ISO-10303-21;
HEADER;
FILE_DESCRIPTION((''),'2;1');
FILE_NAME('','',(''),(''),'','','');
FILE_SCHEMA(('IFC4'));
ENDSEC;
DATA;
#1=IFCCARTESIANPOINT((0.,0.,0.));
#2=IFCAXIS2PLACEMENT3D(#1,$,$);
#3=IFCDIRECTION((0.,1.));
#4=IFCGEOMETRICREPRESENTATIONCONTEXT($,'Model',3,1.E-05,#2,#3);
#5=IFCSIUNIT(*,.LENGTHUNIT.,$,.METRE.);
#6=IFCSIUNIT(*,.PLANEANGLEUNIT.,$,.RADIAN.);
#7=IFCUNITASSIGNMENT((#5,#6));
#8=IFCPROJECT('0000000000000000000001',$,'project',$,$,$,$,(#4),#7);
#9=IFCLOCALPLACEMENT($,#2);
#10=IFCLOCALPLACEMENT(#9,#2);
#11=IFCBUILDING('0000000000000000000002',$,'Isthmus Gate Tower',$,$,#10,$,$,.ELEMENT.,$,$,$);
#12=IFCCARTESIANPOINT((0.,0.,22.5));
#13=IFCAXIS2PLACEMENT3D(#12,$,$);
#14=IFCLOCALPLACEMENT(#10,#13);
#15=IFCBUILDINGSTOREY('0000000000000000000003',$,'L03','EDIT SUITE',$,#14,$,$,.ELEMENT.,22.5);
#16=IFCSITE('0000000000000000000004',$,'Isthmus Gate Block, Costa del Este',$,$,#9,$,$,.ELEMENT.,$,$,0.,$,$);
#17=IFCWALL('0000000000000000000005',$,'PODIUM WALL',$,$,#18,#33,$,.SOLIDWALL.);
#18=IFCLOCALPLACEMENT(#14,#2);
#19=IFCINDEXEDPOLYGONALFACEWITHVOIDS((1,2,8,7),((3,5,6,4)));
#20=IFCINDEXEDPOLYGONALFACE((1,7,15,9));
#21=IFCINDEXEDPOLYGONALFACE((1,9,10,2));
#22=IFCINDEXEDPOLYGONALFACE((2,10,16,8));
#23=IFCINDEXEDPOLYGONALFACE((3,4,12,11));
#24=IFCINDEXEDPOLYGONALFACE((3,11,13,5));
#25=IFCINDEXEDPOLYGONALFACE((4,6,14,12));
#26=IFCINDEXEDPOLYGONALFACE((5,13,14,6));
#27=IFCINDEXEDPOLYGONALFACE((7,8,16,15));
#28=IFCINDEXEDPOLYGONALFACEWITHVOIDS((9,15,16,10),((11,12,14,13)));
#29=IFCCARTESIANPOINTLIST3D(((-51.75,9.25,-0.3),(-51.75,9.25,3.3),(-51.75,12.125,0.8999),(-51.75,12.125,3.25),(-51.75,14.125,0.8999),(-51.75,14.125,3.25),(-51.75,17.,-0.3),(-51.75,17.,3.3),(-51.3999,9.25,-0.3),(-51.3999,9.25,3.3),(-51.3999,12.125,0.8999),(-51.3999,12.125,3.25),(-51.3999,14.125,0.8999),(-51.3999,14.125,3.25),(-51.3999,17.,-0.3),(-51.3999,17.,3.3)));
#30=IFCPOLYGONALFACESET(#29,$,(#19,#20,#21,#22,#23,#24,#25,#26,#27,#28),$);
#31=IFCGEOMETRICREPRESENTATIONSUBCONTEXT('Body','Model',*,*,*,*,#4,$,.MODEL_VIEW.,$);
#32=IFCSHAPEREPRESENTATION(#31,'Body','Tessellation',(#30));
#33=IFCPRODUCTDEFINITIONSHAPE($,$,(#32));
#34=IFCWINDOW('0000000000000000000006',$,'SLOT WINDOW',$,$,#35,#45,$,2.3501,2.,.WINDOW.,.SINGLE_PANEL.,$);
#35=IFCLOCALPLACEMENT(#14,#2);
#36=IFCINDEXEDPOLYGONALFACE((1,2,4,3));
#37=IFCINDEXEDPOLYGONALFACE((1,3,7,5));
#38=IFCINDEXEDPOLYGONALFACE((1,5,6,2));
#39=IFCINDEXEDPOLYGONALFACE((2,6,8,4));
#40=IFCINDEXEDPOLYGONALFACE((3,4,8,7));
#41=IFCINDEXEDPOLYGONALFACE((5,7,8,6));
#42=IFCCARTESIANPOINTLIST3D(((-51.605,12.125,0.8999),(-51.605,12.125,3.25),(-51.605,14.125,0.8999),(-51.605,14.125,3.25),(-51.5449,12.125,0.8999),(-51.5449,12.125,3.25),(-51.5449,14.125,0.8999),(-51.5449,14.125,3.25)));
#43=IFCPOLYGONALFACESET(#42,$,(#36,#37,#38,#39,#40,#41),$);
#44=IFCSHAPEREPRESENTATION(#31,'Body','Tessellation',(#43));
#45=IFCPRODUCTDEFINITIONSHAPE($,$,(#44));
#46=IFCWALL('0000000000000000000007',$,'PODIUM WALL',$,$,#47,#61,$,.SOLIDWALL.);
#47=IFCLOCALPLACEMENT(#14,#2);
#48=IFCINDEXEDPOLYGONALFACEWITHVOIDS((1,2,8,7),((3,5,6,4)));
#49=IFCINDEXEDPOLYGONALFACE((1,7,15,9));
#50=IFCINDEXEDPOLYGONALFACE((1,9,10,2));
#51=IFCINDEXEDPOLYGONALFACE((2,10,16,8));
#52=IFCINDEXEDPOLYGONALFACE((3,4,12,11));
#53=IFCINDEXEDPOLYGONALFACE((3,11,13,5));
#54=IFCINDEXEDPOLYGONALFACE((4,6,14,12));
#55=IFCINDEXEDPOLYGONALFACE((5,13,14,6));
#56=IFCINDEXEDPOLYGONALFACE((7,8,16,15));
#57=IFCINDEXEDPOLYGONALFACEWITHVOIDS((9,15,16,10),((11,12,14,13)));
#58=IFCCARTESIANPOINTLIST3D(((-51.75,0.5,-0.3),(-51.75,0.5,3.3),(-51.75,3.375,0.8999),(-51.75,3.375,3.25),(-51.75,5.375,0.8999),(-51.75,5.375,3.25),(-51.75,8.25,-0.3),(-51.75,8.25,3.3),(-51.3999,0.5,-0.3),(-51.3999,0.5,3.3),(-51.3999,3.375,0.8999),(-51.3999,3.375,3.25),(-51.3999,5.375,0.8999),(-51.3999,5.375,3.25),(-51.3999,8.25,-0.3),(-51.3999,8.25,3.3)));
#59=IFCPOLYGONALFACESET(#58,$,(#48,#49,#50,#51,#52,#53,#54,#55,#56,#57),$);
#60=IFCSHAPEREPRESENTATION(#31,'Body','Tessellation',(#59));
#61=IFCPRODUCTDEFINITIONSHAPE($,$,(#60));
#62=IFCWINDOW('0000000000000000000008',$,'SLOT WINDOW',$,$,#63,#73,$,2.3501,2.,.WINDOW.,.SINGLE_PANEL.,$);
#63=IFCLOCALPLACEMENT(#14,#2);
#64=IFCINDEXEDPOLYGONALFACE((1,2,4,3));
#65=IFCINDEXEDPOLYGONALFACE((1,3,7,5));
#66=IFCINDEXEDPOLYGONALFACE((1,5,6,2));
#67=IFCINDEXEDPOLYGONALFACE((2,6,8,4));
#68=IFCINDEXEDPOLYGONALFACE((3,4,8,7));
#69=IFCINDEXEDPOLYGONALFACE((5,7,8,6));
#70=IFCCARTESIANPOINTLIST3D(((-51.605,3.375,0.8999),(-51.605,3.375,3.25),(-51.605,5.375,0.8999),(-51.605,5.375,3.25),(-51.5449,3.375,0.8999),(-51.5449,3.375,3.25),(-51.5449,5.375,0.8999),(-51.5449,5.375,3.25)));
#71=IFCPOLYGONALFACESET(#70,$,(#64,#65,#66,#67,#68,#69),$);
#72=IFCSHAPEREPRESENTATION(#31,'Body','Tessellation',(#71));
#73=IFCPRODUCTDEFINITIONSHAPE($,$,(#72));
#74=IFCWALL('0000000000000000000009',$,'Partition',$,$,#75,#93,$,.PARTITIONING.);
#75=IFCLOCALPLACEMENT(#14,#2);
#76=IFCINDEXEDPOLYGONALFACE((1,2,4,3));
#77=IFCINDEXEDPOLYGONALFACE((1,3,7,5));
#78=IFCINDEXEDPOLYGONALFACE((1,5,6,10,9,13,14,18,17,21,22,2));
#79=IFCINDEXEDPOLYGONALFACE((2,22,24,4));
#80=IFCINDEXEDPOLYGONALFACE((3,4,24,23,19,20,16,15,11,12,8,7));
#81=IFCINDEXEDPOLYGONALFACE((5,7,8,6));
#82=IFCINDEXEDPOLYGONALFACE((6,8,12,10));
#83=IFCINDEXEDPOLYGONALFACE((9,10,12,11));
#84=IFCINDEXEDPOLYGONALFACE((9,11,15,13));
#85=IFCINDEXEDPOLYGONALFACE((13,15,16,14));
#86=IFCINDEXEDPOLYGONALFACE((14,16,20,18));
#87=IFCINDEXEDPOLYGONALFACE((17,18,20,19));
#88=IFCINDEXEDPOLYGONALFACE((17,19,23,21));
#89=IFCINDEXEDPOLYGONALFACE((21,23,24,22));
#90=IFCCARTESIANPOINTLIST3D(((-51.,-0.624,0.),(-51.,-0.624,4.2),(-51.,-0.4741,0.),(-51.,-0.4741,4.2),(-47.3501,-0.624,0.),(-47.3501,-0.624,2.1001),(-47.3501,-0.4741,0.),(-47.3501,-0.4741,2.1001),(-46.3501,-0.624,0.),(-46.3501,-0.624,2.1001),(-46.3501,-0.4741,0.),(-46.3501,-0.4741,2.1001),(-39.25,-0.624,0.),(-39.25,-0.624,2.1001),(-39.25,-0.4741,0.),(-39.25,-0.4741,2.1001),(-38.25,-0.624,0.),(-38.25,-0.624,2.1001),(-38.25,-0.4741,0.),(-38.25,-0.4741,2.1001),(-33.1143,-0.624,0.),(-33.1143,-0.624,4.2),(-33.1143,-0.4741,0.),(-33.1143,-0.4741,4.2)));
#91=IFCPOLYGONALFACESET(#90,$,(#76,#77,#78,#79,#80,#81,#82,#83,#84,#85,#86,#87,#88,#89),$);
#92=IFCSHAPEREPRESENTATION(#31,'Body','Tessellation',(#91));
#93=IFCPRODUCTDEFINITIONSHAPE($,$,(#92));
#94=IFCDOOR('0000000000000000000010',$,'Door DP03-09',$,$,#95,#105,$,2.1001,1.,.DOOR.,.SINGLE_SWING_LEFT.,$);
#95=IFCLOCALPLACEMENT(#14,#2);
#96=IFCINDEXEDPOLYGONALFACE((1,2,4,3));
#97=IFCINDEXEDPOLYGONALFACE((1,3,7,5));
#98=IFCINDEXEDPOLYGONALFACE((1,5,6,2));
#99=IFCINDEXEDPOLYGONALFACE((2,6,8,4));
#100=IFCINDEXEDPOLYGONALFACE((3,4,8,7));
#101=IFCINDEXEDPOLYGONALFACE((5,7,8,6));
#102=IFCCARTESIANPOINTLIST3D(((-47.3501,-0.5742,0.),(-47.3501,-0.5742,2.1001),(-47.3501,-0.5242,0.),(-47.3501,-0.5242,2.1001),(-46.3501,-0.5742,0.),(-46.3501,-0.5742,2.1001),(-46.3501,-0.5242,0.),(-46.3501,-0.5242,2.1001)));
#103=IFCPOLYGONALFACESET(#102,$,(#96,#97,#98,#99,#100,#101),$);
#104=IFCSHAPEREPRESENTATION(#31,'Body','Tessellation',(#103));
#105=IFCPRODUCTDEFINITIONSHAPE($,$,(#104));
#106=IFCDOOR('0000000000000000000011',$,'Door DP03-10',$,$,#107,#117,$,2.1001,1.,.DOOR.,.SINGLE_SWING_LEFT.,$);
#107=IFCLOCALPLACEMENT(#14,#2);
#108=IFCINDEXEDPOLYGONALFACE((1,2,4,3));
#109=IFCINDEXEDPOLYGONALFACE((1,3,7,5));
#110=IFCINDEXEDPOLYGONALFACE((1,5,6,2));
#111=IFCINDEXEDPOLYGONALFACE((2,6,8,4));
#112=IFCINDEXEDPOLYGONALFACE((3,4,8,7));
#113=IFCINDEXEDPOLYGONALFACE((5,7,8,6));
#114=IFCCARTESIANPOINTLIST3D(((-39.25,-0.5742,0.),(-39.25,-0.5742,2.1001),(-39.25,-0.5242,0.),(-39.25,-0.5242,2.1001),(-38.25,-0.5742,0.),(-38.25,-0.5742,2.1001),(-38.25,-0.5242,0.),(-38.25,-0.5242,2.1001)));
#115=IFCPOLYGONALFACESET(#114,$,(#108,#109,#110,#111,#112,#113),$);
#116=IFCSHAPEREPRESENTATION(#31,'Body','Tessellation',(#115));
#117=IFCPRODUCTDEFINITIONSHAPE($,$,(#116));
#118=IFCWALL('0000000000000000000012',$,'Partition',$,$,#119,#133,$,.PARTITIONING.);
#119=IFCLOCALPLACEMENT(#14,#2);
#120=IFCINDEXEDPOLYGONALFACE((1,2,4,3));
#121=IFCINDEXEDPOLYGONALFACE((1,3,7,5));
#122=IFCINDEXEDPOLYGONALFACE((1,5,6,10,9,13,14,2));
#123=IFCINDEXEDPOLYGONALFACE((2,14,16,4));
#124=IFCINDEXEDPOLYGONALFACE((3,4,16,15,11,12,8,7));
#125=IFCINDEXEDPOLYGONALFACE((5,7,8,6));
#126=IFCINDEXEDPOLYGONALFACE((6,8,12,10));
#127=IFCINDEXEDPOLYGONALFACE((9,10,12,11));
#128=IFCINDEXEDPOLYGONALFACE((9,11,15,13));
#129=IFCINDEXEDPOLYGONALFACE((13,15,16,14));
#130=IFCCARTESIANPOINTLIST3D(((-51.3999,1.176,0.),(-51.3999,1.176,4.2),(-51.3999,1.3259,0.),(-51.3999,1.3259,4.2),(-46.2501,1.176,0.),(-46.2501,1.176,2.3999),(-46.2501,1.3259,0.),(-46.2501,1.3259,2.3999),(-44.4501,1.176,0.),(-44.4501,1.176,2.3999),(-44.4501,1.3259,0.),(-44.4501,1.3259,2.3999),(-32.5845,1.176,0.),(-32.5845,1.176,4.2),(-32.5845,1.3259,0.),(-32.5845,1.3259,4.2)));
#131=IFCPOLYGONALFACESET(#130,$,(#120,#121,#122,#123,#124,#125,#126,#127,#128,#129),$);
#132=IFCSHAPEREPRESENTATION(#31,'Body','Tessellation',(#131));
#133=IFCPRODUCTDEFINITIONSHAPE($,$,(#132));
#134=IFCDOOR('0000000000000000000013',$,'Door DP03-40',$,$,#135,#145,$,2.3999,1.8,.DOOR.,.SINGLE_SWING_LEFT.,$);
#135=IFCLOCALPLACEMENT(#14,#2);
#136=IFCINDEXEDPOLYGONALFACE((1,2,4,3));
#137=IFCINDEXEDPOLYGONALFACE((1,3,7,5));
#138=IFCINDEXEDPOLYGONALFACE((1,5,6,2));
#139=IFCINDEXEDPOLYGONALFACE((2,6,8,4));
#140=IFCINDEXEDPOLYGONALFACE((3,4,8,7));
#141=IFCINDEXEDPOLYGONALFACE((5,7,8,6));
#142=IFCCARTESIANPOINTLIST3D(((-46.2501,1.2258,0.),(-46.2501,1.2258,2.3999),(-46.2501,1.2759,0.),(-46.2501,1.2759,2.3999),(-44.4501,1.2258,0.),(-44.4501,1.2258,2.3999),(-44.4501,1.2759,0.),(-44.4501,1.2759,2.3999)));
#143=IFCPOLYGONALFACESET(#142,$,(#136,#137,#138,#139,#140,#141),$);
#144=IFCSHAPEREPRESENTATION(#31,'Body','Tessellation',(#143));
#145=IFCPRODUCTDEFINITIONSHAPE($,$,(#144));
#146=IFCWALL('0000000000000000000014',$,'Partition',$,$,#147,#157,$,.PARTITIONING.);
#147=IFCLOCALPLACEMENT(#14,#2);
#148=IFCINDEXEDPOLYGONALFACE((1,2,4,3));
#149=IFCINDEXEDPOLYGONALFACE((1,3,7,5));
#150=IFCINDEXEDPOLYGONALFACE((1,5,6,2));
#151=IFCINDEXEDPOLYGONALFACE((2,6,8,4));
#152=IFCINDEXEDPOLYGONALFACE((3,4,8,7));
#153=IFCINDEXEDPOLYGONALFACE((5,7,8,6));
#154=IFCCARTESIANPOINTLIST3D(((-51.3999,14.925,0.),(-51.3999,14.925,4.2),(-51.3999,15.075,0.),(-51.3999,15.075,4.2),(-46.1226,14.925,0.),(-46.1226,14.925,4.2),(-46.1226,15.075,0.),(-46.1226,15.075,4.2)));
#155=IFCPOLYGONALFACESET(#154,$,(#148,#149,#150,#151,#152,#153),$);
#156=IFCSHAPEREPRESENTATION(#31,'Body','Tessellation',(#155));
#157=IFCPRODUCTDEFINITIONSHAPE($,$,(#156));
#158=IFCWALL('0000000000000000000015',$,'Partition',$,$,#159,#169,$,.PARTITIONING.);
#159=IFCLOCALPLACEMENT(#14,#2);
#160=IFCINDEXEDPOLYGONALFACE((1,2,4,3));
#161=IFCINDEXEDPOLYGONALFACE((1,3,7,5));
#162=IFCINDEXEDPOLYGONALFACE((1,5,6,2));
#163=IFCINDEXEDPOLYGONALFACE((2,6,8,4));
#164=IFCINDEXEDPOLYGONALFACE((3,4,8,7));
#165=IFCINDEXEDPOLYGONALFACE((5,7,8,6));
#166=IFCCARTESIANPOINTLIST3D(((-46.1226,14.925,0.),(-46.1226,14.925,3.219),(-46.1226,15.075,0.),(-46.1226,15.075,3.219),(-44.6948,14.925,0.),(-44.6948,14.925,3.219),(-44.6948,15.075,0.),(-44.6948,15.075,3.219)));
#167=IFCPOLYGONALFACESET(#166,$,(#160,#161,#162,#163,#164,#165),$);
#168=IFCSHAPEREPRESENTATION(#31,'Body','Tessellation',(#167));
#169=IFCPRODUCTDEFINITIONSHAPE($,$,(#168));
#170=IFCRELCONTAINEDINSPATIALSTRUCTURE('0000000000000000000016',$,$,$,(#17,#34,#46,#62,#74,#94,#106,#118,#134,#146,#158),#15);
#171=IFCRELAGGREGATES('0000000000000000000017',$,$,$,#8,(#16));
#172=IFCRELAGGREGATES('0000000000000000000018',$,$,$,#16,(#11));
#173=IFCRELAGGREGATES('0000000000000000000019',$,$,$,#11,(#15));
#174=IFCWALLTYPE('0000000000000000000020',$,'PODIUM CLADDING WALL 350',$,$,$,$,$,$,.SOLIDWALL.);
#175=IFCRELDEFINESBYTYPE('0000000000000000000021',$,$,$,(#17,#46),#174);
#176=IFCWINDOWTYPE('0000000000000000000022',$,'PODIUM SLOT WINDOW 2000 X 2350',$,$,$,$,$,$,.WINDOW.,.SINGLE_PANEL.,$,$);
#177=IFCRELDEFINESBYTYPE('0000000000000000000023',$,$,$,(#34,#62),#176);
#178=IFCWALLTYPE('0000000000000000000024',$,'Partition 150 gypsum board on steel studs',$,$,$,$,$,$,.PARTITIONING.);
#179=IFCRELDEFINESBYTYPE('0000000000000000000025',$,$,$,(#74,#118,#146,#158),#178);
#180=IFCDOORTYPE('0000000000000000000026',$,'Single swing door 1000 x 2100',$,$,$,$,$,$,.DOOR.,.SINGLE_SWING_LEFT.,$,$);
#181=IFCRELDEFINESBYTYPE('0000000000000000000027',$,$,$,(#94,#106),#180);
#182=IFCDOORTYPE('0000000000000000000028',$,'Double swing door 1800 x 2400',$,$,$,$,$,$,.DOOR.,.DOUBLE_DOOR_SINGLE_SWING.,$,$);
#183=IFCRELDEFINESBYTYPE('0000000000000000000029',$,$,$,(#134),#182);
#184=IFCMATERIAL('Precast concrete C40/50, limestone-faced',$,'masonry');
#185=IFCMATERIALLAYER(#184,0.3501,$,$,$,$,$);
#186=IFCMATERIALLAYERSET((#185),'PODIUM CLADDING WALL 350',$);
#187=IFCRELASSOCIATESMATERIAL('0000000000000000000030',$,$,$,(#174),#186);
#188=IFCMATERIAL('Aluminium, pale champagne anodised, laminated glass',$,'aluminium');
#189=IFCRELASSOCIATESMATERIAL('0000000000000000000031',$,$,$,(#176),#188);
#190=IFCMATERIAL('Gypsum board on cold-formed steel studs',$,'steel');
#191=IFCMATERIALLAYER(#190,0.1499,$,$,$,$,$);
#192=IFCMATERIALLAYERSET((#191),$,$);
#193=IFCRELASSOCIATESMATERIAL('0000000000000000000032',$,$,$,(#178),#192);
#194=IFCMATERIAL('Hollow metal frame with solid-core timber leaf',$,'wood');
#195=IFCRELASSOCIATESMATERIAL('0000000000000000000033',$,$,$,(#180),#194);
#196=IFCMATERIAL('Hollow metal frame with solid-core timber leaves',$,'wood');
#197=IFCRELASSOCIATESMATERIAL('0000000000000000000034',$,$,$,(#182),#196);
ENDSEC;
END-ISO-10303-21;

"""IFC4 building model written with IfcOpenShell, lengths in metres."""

from ifc_helpers import new_model, si_unit, direction, frame, frame_2d, origin, place, context, subcontext, project, spatial, rectangle, extrude, material, layer, layer_set, type_object, element, fill, save


model = new_model("IFC4")

# Units and contexts
model_context = context("Model", 3, precision=1e-05, world=origin(), true_north=direction((0.0, 1.0)))
body_context = subcontext(model_context, "Body", "Model", "MODEL_VIEW")
ifc_project = project(units=[si_unit("LENGTHUNIT", "METRE"), si_unit("PLANEANGLEUNIT", "RADIAN")], contexts=[model_context])

# Site, building, storey
site_placement = place(None, origin())
site = spatial("IfcSite", under=ifc_project, at=site_placement, Name="Isthmus Gate Block, Costa del Este", CompositionType="ELEMENT", RefElevation=0.0)
building_placement = place(site_placement, origin())
building = spatial("IfcBuilding", under=site, at=building_placement, Name="Isthmus Gate Tower", CompositionType="ELEMENT")
storey_placement = place(building_placement, frame((0.0, 0.0, 22.5)))
storey = spatial("IfcBuildingStorey", under=building, at=storey_placement, Name="L03", Description="EDIT SUITE", CompositionType="ELEMENT", Elevation=22.5)

# Walls, openings, windows
ifc_material_1 = material(Name="Precast concrete C40/50, limestone-faced", Category="masonry")
ifc_layer_1 = layer(ifc_material_1, 0.3501)
ifc_layer_set_1 = layer_set([ifc_layer_1], Name="PODIUM CLADDING WALL 350")
wall_type_1 = type_object("IfcWallType", Name="PODIUM CLADDING WALL 350", PredefinedType="SOLIDWALL", material=ifc_layer_set_1)
wall_1_placement = place(storey_placement, frame((-51.575, 17.0, -0.3), z_axis=(0.0, 0.0, 1.0), x_axis=(0.0, -1.0, 0.0)))
wall_1 = element("IfcWall", 1, at=wall_1_placement, inside=storey, type_object=wall_type_1, Name="PODIUM WALL", PredefinedType="SOLIDWALL", context=body_context, shape_type="SweptSolid", body=[
    extrude(rectangle(XDim=7.75, YDim=0.3501, at=frame_2d((3.875, 0.0))), origin(), (0.0, 0.0, 1.0), 3.6001),
])
opening_1_placement = place(wall_1_placement, frame((2.875, 0.0, 1.2)))
opening_1 = element("IfcOpeningElement", 2, at=opening_1_placement, cuts=wall_1, PredefinedType="OPENING", context=body_context, shape_type="SweptSolid", body=[
    extrude(rectangle(XDim=2.0, YDim=2.3501, at=frame_2d((1.0, 1.175))), frame((0.0, 0.1851, 0.0), z_axis=(0.0, -1.0, 0.0), x_axis=(1.0, 0.0, 0.0)), (0.0, 0.0, 1.0), 0.3701),
])
ifc_material_2 = material(Name="Aluminium, pale champagne anodised, laminated glass", Category="aluminium")
window_type = type_object("IfcWindowType", Name="PODIUM SLOT WINDOW 2000 X 2350", PartitioningType="SINGLE_PANEL", PredefinedType="WINDOW", material=ifc_material_2)
window_1_placement = place(opening_1_placement, origin())
window_1 = element("IfcWindow", 3, at=window_1_placement, inside=storey, type_object=window_type, Name="SLOT WINDOW", OverallHeight=2.3501, OverallWidth=2.0, PartitioningType="SINGLE_PANEL", PredefinedType="WINDOW", context=body_context, shape_type="SweptSolid", body=[
    extrude(rectangle(XDim=2.0, YDim=2.3501, at=frame_2d((1.0, 1.175))), frame((0.0, 0.03, 0.0), z_axis=(0.0, -1.0, 0.0), x_axis=(1.0, 0.0, 0.0)), (0.0, 0.0, 1.0), 0.0601),
])
fill(opening_1, window_1)
wall_2_placement = place(storey_placement, frame((-51.575, 8.25, -0.3), z_axis=(0.0, 0.0, 1.0), x_axis=(0.0, -1.0, 0.0)))
wall_2 = element("IfcWall", 4, at=wall_2_placement, inside=storey, type_object=wall_type_1, Name="PODIUM WALL", PredefinedType="SOLIDWALL", context=body_context, shape_type="SweptSolid", body=[
    extrude(rectangle(XDim=7.75, YDim=0.3501, at=frame_2d((3.875, 0.0))), origin(), (0.0, 0.0, 1.0), 3.6001),
])
opening_2_placement = place(wall_2_placement, frame((2.875, 0.0, 1.2)))
opening_2 = element("IfcOpeningElement", 5, at=opening_2_placement, cuts=wall_2, PredefinedType="OPENING", context=body_context, shape_type="SweptSolid", body=[
    extrude(rectangle(XDim=2.0, YDim=2.3501, at=frame_2d((1.0, 1.175))), frame((0.0, 0.1851, 0.0), z_axis=(0.0, -1.0, 0.0), x_axis=(1.0, 0.0, 0.0)), (0.0, 0.0, 1.0), 0.3701),
])
window_2_placement = place(opening_2_placement, origin())
window_2 = element("IfcWindow", 6, at=window_2_placement, inside=storey, type_object=window_type, Name="SLOT WINDOW", OverallHeight=2.3501, OverallWidth=2.0, PartitioningType="SINGLE_PANEL", PredefinedType="WINDOW", context=body_context, shape_type="SweptSolid", body=[
    extrude(rectangle(XDim=2.0, YDim=2.3501, at=frame_2d((1.0, 1.175))), frame((0.0, 0.03, 0.0), z_axis=(0.0, -1.0, 0.0), x_axis=(1.0, 0.0, 0.0)), (0.0, 0.0, 1.0), 0.0601),
])
fill(opening_2, window_2)

# Wall, openings, doors
ifc_material_3 = material(Name="Gypsum board on cold-formed steel studs", Category="steel")
ifc_layer_2 = layer(ifc_material_3, 0.1499)
ifc_layer_set_2 = layer_set([ifc_layer_2])
wall_type_2 = type_object("IfcWallType", Name="Partition 150 gypsum board on steel studs", PredefinedType="PARTITIONING", material=ifc_layer_set_2)
wall_3_placement = place(storey_placement, frame((-51.0, -0.5491, 0.0), z_axis=(0.0, 0.0, 1.0), x_axis=(1.0, 0.0, 0.0)))
wall_3 = element("IfcWall", 7, at=wall_3_placement, inside=storey, type_object=wall_type_2, Name="Partition", PredefinedType="PARTITIONING", context=body_context, shape_type="SweptSolid", body=[
    extrude(rectangle(XDim=17.8857, YDim=0.1499, at=frame_2d((8.9429, 0.0))), origin(), (0.0, 0.0, 1.0), 4.2),
])
opening_3_placement = place(wall_3_placement, frame((3.6499, 0.0, 0.0)))
opening_3 = element("IfcOpeningElement", 8, at=opening_3_placement, cuts=wall_3, PredefinedType="OPENING", context=body_context, shape_type="SweptSolid", body=[
    extrude(rectangle(XDim=1.0, YDim=2.1001, at=frame_2d((0.5, 1.05))), frame((0.0, 0.085, 0.0), z_axis=(0.0, -1.0, 0.0), x_axis=(1.0, 0.0, 0.0)), (0.0, 0.0, 1.0), 0.1699),
])
opening_4_placement = place(wall_3_placement, frame((11.75, 0.0, 0.0)))
opening_4 = element("IfcOpeningElement", 9, at=opening_4_placement, cuts=wall_3, PredefinedType="OPENING", context=body_context, shape_type="SweptSolid", body=[
    extrude(rectangle(XDim=1.0, YDim=2.1001, at=frame_2d((0.5, 1.05))), frame((0.0, 0.085, 0.0), z_axis=(0.0, -1.0, 0.0), x_axis=(1.0, 0.0, 0.0)), (0.0, 0.0, 1.0), 0.1699),
])
ifc_material_4 = material(Name="Hollow metal frame with solid-core timber leaf", Category="wood")
door_type_1 = type_object("IfcDoorType", Name="Single swing door 1000 x 2100", OperationType="SINGLE_SWING_LEFT", PredefinedType="DOOR", material=ifc_material_4)
door_1_placement = place(opening_3_placement, origin())
door_1 = element("IfcDoor", 10, at=door_1_placement, inside=storey, type_object=door_type_1, Name="Door DP03-09", OperationType="SINGLE_SWING_LEFT", OverallHeight=2.1001, OverallWidth=1.0, PredefinedType="DOOR", context=body_context, shape_type="SweptSolid", body=[
    extrude(rectangle(XDim=1.0, YDim=2.1001, at=frame_2d((0.5, 1.05))), frame((0.0, 0.0249, 0.0), z_axis=(0.0, -1.0, 0.0), x_axis=(1.0, 0.0, 0.0)), (0.0, 0.0, 1.0), 0.05),
])
fill(opening_3, door_1)
door_2_placement = place(opening_4_placement, origin())
door_2 = element("IfcDoor", 11, at=door_2_placement, inside=storey, type_object=door_type_1, Name="Door DP03-10", OperationType="SINGLE_SWING_LEFT", OverallHeight=2.1001, OverallWidth=1.0, PredefinedType="DOOR", context=body_context, shape_type="SweptSolid", body=[
    extrude(rectangle(XDim=1.0, YDim=2.1001, at=frame_2d((0.5, 1.05))), frame((0.0, 0.0249, 0.0), z_axis=(0.0, -1.0, 0.0), x_axis=(1.0, 0.0, 0.0)), (0.0, 0.0, 1.0), 0.05),
])
fill(opening_4, door_2)

# Wall, opening, door
wall_4_placement = place(storey_placement, frame((-51.3999, 1.251, 0.0), z_axis=(0.0, 0.0, 1.0), x_axis=(1.0, 0.0, 0.0)))
wall_4 = element("IfcWall", 12, at=wall_4_placement, inside=storey, type_object=wall_type_2, Name="Partition", PredefinedType="PARTITIONING", context=body_context, shape_type="SweptSolid", body=[
    extrude(rectangle(XDim=18.8154, YDim=0.1499, at=frame_2d((9.4077, 0.0))), origin(), (0.0, 0.0, 1.0), 4.2),
])
opening_5_placement = place(wall_4_placement, frame((5.1499, 0.0, 0.0)))
opening_5 = element("IfcOpeningElement", 13, at=opening_5_placement, cuts=wall_4, PredefinedType="OPENING", context=body_context, shape_type="SweptSolid", body=[
    extrude(rectangle(XDim=1.8, YDim=2.3999, at=frame_2d((0.8999, 1.2))), frame((0.0, 0.085, 0.0), z_axis=(0.0, -1.0, 0.0), x_axis=(1.0, 0.0, 0.0)), (0.0, 0.0, 1.0), 0.1699),
])
ifc_material_5 = material(Name="Hollow metal frame with solid-core timber leaves", Category="wood")
door_type_2 = type_object("IfcDoorType", Name="Double swing door 1800 x 2400", OperationType="DOUBLE_DOOR_SINGLE_SWING", PredefinedType="DOOR", material=ifc_material_5)
door_3_placement = place(opening_5_placement, origin())
door_3 = element("IfcDoor", 14, at=door_3_placement, inside=storey, type_object=door_type_2, Name="Door DP03-40", OperationType="SINGLE_SWING_LEFT", OverallHeight=2.3999, OverallWidth=1.8, PredefinedType="DOOR", context=body_context, shape_type="SweptSolid", body=[
    extrude(rectangle(XDim=1.8, YDim=2.3999, at=frame_2d((0.8999, 1.2))), frame((0.0, 0.0249, 0.0), z_axis=(0.0, -1.0, 0.0), x_axis=(1.0, 0.0, 0.0)), (0.0, 0.0, 1.0), 0.05),
])
fill(opening_5, door_3)

# Walls
wall_5_placement = place(storey_placement, frame((-51.3999, 15.0, 0.0), z_axis=(0.0, 0.0, 1.0), x_axis=(1.0, 0.0, 0.0)))
element("IfcWall", 15, at=wall_5_placement, inside=storey, type_object=wall_type_2, Name="Partition", PredefinedType="PARTITIONING", context=body_context, shape_type="SweptSolid", body=[
    extrude(rectangle(XDim=5.2773, YDim=0.1499, at=frame_2d((2.6387, 0.0))), origin(), (0.0, 0.0, 1.0), 4.2),
])
wall_6_placement = place(storey_placement, frame((-46.1226, 15.0, 0.0), z_axis=(0.0, 0.0, 1.0), x_axis=(1.0, 0.0, 0.0)))
element("IfcWall", 16, at=wall_6_placement, inside=storey, type_object=wall_type_2, Name="Partition", PredefinedType="PARTITIONING", context=body_context, shape_type="SweptSolid", body=[
    extrude(rectangle(XDim=1.4277, YDim=0.1499, at=frame_2d((0.7139, 0.0))), origin(), (0.0, 0.0, 1.0), 3.219),
])

save(model, "model.ifc")
